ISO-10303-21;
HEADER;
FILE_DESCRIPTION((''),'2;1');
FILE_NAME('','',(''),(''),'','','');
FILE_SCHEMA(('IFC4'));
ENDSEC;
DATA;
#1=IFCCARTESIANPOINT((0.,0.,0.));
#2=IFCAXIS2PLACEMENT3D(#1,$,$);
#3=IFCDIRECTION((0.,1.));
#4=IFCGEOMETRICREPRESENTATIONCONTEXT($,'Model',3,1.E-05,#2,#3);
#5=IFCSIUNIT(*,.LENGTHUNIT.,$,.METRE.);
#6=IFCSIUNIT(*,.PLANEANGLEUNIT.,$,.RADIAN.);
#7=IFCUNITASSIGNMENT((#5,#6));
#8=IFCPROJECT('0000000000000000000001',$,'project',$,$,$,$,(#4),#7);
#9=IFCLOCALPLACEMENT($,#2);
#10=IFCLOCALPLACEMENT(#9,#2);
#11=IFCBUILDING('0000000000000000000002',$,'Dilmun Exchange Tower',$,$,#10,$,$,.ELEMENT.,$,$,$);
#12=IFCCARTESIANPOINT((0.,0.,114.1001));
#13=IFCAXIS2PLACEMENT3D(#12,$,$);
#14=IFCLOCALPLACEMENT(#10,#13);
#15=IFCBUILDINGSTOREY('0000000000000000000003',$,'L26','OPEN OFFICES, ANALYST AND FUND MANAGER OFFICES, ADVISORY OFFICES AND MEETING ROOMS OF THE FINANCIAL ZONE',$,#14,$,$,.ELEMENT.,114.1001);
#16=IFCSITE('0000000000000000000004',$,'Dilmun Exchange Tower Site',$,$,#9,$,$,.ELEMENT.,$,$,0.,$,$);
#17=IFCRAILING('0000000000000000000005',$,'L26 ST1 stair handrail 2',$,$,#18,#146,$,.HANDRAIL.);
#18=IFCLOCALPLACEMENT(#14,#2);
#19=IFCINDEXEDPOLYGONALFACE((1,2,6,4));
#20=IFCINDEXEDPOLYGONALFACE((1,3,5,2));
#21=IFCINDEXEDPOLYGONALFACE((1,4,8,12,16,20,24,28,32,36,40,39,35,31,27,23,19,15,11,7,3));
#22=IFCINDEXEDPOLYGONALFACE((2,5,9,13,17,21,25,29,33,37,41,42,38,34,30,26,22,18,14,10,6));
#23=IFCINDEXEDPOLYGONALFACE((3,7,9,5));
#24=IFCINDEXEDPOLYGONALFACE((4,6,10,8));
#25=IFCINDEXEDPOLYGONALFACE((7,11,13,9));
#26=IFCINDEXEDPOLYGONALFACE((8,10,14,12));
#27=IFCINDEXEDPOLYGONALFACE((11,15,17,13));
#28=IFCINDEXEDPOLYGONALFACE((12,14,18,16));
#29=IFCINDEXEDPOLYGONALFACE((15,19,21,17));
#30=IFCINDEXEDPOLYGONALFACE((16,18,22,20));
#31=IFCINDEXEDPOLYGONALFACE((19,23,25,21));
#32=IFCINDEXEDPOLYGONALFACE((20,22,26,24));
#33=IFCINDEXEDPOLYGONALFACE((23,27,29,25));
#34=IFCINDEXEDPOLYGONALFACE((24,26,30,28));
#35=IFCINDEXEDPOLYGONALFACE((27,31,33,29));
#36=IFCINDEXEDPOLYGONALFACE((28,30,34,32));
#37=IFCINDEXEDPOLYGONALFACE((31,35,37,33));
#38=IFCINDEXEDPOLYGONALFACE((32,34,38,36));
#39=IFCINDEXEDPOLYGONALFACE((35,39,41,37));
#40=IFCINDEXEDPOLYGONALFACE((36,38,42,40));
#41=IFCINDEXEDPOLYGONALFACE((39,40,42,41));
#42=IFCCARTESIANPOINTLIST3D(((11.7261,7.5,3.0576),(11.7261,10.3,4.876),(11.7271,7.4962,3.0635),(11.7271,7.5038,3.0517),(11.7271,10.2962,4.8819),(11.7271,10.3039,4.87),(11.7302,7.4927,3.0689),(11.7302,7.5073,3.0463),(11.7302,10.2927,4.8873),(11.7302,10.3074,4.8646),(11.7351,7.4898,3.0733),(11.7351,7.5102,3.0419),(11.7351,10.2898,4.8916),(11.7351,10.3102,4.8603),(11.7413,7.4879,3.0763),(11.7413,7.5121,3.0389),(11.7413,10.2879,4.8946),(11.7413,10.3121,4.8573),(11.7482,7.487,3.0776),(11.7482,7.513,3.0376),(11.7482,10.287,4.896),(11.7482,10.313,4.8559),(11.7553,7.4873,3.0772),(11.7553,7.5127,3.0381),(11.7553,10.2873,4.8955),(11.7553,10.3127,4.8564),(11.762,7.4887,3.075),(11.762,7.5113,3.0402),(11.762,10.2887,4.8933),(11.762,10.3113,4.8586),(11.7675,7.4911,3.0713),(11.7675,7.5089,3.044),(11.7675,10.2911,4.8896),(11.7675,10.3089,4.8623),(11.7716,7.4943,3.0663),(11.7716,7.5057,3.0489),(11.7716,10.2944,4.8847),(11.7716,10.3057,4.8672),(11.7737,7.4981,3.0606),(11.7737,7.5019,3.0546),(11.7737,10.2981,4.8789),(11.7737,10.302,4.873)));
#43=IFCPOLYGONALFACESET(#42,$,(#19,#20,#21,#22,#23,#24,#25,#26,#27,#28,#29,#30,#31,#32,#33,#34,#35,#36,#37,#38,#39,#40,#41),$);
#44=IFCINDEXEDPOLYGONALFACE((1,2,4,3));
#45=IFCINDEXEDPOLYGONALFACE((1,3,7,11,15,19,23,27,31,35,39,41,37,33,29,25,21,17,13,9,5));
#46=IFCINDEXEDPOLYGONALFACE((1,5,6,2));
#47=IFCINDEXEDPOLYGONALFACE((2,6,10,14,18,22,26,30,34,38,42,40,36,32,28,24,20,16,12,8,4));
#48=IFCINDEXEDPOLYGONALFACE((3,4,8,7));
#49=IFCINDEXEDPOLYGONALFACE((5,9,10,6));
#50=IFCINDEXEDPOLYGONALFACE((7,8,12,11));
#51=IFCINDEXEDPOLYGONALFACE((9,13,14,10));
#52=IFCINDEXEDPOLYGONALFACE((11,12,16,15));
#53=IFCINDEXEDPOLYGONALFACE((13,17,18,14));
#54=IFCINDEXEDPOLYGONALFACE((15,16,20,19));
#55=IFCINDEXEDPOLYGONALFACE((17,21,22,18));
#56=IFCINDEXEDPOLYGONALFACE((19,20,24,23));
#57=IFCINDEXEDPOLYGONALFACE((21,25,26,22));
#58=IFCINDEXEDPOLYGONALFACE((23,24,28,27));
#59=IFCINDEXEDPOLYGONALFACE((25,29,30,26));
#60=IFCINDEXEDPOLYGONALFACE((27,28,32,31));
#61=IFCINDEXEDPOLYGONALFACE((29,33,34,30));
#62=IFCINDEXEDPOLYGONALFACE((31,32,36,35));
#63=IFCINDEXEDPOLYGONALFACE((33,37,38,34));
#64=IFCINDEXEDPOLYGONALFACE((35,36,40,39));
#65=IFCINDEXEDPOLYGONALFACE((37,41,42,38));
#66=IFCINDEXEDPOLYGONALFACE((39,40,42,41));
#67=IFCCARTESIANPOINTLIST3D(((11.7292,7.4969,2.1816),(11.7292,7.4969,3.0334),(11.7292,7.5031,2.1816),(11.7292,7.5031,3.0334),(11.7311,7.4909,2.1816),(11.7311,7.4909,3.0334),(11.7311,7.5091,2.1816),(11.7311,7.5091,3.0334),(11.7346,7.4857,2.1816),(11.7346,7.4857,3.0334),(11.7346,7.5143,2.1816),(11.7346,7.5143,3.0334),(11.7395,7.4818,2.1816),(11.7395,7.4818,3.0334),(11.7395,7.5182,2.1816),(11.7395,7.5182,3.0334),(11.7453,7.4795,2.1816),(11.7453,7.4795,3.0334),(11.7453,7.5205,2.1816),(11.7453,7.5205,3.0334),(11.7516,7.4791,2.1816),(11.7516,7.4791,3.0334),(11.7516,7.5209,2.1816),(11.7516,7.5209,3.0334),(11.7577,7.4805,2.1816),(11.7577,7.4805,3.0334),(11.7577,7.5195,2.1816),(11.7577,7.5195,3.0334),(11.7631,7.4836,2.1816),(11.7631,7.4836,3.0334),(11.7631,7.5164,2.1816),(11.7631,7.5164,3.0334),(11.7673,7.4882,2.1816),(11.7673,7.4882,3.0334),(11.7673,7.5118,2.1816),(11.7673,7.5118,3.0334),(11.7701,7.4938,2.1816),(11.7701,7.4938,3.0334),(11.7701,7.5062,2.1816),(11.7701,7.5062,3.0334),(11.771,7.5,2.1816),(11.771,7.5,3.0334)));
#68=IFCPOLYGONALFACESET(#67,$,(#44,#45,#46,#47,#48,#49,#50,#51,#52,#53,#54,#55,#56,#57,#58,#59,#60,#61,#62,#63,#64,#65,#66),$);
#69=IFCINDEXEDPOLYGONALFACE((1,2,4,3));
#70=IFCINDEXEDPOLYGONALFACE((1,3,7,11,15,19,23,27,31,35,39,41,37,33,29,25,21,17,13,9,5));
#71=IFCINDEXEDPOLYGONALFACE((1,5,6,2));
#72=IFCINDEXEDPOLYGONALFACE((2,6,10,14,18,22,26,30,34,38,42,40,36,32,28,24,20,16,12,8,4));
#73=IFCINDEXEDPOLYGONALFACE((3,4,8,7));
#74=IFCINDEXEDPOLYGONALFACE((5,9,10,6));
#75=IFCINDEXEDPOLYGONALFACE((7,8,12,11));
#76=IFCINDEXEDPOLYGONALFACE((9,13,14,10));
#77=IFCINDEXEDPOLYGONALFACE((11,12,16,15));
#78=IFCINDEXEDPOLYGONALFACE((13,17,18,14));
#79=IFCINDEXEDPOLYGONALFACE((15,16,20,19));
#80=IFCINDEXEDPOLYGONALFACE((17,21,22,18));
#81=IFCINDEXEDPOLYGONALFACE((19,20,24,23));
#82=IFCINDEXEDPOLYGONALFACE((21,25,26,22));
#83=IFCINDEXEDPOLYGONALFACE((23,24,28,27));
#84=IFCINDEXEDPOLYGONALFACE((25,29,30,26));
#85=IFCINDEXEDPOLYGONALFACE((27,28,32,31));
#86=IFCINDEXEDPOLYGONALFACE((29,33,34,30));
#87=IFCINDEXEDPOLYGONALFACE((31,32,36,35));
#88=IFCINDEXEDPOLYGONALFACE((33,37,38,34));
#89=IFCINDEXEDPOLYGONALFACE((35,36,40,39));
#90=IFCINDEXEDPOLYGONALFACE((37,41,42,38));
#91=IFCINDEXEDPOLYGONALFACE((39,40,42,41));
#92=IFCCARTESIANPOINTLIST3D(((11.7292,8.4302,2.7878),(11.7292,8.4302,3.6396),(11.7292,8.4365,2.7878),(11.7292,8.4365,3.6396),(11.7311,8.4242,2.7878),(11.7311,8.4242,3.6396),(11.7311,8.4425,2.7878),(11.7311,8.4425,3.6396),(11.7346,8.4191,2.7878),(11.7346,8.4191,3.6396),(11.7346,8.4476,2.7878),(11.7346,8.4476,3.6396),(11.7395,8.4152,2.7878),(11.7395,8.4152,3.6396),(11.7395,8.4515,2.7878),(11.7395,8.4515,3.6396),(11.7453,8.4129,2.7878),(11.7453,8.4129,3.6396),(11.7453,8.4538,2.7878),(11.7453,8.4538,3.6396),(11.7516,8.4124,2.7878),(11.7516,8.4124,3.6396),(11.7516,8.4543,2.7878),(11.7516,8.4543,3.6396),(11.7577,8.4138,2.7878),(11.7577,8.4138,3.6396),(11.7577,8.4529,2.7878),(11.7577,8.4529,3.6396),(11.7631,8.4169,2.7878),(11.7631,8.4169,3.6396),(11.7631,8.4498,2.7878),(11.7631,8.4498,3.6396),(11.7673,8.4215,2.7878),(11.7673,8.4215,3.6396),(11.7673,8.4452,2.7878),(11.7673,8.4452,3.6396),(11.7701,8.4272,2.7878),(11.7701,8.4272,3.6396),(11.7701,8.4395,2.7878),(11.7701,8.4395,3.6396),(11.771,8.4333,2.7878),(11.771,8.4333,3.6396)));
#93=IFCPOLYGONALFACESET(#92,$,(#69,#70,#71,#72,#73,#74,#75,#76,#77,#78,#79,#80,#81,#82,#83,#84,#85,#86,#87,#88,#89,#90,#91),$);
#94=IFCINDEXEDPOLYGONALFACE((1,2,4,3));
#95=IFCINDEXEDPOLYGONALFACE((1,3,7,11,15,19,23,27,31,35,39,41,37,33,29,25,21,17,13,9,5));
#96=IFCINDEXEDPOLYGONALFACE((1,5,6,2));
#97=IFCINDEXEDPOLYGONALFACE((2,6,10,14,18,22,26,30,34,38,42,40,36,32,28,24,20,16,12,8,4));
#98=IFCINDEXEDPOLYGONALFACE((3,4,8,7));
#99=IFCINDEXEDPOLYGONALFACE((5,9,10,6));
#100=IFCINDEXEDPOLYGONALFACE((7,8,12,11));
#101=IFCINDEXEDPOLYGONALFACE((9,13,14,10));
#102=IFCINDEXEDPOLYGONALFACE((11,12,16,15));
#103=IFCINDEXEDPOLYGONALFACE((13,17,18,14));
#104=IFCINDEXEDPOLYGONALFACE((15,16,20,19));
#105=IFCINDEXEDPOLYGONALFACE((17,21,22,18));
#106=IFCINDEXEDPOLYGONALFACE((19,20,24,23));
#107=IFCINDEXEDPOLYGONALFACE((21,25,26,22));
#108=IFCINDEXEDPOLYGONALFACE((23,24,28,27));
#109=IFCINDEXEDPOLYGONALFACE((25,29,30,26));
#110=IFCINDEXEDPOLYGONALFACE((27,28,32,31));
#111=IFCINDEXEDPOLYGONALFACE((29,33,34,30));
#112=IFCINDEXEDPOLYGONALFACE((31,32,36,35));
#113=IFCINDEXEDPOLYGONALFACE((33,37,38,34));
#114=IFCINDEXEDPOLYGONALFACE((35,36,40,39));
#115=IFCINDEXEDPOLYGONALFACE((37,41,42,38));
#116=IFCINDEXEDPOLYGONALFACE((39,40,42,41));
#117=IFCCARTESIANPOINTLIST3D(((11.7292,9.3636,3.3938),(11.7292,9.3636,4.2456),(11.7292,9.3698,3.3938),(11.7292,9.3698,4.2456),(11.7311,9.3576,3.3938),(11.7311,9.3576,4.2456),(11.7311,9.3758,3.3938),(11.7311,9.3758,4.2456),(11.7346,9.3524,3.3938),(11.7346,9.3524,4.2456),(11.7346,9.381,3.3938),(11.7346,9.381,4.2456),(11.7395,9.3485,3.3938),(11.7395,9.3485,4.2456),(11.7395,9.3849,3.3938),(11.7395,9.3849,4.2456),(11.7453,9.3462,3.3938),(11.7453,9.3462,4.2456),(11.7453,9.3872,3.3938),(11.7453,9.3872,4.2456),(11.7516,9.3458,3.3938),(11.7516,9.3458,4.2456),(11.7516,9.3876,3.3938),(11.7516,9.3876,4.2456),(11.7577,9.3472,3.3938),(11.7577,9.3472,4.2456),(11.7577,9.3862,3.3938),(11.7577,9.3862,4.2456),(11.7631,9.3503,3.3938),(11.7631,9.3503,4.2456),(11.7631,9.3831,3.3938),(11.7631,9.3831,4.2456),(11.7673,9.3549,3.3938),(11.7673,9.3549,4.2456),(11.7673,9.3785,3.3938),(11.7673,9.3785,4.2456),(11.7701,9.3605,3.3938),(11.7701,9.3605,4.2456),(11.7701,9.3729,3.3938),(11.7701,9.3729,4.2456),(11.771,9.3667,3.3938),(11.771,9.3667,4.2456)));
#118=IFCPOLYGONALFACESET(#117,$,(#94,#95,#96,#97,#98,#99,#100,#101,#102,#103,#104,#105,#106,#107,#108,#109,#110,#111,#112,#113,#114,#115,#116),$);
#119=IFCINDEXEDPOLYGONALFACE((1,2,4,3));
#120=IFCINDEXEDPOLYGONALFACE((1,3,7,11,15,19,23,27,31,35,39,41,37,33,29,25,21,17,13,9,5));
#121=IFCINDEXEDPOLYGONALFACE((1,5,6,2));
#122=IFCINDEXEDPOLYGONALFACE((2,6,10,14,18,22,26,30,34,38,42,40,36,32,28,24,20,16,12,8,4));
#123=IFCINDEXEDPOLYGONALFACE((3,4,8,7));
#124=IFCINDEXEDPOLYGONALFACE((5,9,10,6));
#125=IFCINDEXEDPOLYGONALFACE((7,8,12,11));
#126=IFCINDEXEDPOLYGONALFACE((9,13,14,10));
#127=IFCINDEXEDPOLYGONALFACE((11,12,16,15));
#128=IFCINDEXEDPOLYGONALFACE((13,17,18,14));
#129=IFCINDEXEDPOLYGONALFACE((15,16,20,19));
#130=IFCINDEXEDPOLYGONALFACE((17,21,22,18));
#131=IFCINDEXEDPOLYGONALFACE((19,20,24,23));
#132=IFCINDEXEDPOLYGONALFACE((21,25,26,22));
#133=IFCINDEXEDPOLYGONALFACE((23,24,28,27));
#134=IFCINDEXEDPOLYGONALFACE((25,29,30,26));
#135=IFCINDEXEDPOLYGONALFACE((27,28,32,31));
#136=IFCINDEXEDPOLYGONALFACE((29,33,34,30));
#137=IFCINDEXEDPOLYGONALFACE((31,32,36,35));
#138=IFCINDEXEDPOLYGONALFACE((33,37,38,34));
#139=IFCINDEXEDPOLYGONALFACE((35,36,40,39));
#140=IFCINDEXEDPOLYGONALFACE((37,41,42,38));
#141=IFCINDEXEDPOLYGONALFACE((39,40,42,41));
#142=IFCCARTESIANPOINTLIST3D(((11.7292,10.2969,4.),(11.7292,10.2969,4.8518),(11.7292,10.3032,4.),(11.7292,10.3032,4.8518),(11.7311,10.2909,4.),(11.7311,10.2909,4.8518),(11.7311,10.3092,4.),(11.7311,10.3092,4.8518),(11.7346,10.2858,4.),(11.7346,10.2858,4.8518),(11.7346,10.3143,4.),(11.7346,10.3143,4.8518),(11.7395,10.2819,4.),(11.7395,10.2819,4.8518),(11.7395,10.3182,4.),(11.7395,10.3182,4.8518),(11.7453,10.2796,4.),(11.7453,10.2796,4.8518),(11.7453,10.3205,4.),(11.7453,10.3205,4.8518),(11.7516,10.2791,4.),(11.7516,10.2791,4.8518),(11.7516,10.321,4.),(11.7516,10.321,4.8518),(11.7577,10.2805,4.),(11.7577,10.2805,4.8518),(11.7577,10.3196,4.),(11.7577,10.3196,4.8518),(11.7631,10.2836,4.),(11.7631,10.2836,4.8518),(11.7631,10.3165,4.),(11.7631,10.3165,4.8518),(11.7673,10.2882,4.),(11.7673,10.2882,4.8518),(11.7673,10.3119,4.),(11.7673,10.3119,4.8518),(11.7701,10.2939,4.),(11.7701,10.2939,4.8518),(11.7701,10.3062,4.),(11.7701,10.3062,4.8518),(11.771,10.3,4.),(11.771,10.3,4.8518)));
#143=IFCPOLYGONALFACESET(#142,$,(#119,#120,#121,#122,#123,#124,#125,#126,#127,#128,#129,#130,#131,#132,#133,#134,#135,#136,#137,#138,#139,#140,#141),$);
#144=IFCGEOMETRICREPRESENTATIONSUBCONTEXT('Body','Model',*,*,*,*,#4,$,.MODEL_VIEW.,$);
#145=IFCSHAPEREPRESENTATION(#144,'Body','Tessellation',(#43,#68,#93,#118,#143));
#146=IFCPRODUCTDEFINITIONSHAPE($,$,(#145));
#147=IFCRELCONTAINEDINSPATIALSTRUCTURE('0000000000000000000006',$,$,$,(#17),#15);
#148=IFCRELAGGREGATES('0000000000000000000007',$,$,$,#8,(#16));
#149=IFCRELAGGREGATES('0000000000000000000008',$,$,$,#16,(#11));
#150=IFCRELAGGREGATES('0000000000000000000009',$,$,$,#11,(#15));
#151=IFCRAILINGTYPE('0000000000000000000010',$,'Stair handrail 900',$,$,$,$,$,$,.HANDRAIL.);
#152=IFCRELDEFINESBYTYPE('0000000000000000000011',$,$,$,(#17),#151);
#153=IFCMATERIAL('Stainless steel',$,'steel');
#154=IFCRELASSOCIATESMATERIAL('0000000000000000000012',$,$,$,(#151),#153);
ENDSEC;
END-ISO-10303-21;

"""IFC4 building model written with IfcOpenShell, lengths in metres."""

from ifc_helpers import new_model, si_unit, direction, frame, origin, origin_2d, place, context, subcontext, project, spatial, circle, extrude, material, type_object, element, save


model = new_model("IFC4")

# Units and contexts
model_context = context("Model", 3, precision=1e-05, world=origin(), true_north=direction((0.0, 1.0)))
body_context = subcontext(model_context, "Body", "Model", "MODEL_VIEW")
ifc_project = project(units=[si_unit("LENGTHUNIT", "METRE"), si_unit("PLANEANGLEUNIT", "RADIAN")], contexts=[model_context])

# Site, building, storey
site_placement = place(None, origin())
site = spatial("IfcSite", under=ifc_project, at=site_placement, Name="Dilmun Exchange Tower Site", CompositionType="ELEMENT", RefElevation=0.0)
building_placement = place(site_placement, origin())
building = spatial("IfcBuilding", under=site, at=building_placement, Name="Dilmun Exchange Tower", CompositionType="ELEMENT")
storey_placement = place(building_placement, frame((0.0, 0.0, 114.1001)))
storey = spatial("IfcBuildingStorey", under=building, at=storey_placement, Name="L26", Description="OPEN OFFICES, ANALYST AND FUND MANAGER OFFICES, ADVISORY OFFICES AND MEETING ROOMS OF THE FINANCIAL ZONE", CompositionType="ELEMENT", Elevation=114.1001)

# Railing
ifc_material_1 = material(Name="Stainless steel", Category="steel")
railing_type = type_object("IfcRailingType", Name="Stair handrail 900", PredefinedType="HANDRAIL", material=ifc_material_1)
for number, where, name in (
    (1, (11.75, 7.5, 2.1816), "L26 ST1 stair handrail 2"),
):
    element("IfcRailing", number, at=place(storey_placement, frame(where)), inside=storey, type_object=railing_type, Name=name, PredefinedType="HANDRAIL", context=body_context, shape_type="SweptSolid", body=[
        extrude(circle(Radius=0.0239, at=origin_2d()), frame((0.0, 0.0, 0.876), z_axis=(0.0, 0.838672, 0.544636), x_axis=(-1.0, 0.0, 0.0)), (0.0, 0.0, 1.0), 3.3386),
        extrude(circle(Radius=0.021, at=origin_2d()), origin(), (0.0, 0.0, 1.0), 0.8518),
        extrude(circle(Radius=0.021, at=origin_2d()), frame((0.0, 0.9333, 0.6062)), (0.0, 0.0, 1.0), 0.8518),
        extrude(circle(Radius=0.021, at=origin_2d()), frame((0.0, 1.8667, 1.2122)), (0.0, 0.0, 1.0), 0.8518),
        extrude(circle(Radius=0.021, at=origin_2d()), frame((0.0, 2.8, 1.8184)), (0.0, 0.0, 1.0), 0.8518),
    ])

save(model, "model.ifc")
